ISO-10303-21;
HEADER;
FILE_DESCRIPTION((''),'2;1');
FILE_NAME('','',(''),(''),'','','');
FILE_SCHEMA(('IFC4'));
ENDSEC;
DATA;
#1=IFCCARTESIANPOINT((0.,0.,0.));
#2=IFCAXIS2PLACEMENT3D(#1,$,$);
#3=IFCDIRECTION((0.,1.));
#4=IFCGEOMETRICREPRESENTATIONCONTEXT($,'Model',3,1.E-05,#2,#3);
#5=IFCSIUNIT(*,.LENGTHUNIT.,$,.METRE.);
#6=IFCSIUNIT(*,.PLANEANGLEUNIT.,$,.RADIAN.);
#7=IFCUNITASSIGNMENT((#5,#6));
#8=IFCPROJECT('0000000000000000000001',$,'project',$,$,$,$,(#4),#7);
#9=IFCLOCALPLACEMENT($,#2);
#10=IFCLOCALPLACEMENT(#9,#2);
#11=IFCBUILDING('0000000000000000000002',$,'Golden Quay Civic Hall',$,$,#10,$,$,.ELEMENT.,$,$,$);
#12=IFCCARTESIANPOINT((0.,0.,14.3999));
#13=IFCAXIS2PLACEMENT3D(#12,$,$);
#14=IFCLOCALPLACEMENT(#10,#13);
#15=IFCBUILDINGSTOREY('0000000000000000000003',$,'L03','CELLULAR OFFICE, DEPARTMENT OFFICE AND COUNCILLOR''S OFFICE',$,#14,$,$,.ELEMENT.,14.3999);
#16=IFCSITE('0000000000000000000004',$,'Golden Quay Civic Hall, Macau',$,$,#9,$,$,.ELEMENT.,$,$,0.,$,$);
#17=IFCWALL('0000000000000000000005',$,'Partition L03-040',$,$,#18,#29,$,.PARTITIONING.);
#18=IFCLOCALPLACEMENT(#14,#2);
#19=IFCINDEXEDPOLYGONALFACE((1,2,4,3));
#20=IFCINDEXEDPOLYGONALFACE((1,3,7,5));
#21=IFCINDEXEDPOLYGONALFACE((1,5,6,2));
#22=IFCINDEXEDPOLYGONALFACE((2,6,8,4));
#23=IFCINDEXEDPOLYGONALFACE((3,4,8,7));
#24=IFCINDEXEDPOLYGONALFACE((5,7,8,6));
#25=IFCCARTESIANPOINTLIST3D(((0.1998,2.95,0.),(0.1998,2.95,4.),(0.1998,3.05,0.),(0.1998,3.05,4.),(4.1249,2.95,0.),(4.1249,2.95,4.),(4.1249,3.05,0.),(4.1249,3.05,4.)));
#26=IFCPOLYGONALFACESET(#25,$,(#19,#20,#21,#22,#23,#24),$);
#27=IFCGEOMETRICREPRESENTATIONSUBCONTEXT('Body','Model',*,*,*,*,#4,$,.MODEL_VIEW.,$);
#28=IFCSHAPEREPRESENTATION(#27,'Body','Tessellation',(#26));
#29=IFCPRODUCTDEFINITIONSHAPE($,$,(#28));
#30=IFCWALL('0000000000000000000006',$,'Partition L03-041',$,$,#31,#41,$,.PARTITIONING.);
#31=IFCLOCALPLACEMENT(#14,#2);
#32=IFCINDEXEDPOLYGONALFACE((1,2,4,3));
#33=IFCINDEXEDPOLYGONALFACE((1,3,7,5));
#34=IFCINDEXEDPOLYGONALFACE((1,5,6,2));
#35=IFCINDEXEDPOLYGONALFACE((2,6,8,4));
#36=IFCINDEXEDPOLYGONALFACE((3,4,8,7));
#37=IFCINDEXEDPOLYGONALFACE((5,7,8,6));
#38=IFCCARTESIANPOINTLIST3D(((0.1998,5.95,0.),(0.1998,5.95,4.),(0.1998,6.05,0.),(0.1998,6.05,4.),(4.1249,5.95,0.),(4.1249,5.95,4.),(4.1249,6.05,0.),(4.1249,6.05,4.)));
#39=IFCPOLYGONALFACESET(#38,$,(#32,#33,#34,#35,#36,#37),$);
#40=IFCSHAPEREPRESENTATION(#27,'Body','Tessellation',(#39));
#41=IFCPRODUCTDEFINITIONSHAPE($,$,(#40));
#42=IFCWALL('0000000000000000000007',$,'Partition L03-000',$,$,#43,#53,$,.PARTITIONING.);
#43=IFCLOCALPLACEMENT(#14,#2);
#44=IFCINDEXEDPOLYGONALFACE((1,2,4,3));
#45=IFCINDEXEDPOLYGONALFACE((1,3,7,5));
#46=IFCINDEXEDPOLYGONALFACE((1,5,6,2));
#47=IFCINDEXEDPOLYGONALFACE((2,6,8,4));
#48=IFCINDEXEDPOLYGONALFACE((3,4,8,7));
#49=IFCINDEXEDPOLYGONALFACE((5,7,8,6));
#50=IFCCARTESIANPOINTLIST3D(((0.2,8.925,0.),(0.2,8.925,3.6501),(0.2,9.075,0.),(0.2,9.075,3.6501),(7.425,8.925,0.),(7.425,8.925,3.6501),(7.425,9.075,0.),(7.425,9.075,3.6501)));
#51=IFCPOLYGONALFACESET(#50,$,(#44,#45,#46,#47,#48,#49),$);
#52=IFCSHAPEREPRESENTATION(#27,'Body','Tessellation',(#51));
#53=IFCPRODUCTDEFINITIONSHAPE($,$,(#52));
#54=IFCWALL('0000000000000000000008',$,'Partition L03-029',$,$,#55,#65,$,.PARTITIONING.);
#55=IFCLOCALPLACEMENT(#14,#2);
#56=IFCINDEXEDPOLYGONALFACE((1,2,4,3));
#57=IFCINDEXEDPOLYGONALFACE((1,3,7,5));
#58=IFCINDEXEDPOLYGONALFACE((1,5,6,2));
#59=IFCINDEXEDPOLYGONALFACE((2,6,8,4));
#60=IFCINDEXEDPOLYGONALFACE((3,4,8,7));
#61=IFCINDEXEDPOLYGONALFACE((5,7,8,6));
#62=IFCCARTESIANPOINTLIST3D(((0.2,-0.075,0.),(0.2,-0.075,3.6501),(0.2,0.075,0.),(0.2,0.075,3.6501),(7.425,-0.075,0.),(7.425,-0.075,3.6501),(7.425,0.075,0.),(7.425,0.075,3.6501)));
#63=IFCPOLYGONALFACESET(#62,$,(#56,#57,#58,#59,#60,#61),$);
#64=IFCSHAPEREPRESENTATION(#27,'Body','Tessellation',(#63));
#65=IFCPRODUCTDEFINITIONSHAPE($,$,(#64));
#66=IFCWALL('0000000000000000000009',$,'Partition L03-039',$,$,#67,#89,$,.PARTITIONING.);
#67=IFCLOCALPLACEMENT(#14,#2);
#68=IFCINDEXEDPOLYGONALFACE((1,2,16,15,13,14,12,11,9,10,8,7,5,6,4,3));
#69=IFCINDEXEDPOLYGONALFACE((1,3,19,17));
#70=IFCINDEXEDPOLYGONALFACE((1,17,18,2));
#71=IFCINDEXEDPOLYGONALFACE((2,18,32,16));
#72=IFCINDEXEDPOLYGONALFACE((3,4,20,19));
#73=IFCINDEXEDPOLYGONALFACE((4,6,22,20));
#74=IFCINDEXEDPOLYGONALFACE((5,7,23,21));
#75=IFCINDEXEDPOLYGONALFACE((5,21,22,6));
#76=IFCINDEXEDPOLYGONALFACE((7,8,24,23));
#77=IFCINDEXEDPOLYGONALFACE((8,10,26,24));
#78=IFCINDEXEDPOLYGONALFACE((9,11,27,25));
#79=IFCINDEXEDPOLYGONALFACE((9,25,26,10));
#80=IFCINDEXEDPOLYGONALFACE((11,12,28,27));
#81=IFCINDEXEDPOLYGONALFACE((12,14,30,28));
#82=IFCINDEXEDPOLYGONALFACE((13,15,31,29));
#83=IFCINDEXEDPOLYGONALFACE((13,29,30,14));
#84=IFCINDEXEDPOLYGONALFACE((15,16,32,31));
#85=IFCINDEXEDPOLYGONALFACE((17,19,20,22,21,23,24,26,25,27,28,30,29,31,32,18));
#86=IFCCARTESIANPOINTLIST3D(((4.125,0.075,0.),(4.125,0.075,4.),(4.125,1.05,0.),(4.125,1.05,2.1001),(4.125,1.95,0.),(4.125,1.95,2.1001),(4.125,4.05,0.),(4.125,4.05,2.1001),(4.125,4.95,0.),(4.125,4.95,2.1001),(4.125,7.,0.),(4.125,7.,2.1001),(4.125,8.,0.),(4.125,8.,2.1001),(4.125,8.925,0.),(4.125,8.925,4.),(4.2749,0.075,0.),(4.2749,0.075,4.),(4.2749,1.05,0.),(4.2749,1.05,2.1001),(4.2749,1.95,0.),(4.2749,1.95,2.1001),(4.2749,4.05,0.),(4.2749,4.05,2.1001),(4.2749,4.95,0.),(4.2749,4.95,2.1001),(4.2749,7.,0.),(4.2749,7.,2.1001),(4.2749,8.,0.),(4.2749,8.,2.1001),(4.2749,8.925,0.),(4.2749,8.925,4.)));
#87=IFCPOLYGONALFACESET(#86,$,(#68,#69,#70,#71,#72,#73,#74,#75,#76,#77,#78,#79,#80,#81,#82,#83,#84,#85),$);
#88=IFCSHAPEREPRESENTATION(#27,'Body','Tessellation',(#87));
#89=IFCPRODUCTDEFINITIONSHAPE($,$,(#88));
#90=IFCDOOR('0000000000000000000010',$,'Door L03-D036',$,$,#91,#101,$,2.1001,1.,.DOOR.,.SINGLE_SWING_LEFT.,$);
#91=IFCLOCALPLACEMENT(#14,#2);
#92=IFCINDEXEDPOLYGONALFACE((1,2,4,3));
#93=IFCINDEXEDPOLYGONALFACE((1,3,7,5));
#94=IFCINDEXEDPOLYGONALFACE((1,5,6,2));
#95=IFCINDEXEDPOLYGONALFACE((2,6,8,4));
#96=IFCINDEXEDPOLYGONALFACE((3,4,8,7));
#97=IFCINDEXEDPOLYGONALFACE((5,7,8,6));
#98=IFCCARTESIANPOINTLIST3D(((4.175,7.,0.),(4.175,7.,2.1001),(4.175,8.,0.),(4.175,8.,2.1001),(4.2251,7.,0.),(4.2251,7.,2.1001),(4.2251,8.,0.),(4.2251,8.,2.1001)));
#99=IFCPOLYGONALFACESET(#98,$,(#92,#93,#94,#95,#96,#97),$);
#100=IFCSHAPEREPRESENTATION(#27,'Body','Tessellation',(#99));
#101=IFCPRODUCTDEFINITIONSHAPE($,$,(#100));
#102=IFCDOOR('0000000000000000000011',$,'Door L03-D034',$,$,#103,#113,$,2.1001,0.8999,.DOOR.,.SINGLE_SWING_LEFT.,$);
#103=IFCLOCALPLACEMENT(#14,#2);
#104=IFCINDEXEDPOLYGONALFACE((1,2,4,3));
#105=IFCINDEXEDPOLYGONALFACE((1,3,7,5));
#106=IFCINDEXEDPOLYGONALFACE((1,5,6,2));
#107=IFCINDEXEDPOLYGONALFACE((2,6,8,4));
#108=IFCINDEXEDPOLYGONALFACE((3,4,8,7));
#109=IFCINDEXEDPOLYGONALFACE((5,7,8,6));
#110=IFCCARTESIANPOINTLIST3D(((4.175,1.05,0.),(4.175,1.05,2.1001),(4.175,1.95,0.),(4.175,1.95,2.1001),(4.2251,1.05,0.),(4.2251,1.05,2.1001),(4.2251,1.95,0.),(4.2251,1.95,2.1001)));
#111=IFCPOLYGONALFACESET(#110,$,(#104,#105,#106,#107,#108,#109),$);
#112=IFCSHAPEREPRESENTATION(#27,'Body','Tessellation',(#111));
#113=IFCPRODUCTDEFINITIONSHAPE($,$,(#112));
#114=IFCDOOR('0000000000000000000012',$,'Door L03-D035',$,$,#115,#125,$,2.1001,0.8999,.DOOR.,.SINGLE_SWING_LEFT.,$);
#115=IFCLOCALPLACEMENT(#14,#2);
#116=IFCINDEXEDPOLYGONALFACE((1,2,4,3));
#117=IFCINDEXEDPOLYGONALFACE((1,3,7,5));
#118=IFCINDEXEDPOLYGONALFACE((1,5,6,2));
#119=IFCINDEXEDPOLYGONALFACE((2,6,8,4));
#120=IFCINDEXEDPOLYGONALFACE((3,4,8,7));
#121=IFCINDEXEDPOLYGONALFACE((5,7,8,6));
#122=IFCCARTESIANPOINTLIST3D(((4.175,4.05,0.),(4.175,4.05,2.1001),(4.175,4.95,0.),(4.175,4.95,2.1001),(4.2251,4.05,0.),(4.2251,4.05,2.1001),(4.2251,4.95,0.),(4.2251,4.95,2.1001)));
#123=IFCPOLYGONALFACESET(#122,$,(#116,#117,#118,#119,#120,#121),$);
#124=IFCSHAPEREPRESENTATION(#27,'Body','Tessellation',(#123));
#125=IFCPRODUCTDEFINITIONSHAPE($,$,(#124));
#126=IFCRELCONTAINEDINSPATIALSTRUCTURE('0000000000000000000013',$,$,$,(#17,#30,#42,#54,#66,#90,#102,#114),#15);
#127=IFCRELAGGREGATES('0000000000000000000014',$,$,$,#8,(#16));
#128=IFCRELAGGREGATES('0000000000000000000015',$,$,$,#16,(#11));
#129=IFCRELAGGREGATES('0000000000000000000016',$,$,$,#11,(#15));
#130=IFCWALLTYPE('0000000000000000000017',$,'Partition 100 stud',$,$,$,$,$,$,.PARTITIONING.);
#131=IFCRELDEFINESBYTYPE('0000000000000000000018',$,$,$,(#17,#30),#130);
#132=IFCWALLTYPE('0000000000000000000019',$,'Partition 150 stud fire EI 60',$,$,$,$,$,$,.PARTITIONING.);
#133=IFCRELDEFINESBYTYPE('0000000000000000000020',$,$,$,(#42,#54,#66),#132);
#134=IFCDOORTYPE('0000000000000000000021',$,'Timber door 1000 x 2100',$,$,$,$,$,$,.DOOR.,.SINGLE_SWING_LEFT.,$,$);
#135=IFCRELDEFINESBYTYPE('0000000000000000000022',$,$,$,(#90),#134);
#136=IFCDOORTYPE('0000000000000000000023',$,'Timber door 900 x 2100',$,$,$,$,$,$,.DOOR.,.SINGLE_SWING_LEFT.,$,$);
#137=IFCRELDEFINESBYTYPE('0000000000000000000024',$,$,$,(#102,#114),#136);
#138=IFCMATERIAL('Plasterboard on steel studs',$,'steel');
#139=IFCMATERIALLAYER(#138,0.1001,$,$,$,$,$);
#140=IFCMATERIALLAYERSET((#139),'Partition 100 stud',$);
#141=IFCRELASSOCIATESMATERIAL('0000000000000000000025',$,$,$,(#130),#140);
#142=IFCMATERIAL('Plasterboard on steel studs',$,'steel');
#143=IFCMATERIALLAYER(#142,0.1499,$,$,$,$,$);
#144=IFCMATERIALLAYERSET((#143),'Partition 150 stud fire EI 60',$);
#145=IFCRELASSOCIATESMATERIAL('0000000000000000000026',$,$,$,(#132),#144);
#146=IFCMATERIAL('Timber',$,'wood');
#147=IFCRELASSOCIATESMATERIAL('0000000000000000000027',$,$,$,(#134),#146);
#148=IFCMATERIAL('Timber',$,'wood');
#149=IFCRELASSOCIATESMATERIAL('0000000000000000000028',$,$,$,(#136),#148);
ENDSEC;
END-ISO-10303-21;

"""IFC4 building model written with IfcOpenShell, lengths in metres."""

from ifc_helpers import new_model, si_unit, direction, frame, frame_2d, origin, place, context, subcontext, project, spatial, rectangle, extrude, material, layer, layer_set, type_object, element, fill, save


model = new_model("IFC4")

# Units and contexts
model_context = context("Model", 3, precision=1e-05, world=origin(), true_north=direction((0.0, 1.0)))
body_context = subcontext(model_context, "Body", "Model", "MODEL_VIEW")
ifc_project = project(units=[si_unit("LENGTHUNIT", "METRE"), si_unit("PLANEANGLEUNIT", "RADIAN")], contexts=[model_context])

# Site, building, storey
site_placement = place(None, origin())
site = spatial("IfcSite", under=ifc_project, at=site_placement, Name="Golden Quay Civic Hall, Macau", CompositionType="ELEMENT", RefElevation=0.0)
building_placement = place(site_placement, origin())
building = spatial("IfcBuilding", under=site, at=building_placement, Name="Golden Quay Civic Hall", CompositionType="ELEMENT")
storey_placement = place(building_placement, frame((0.0, 0.0, 14.3999)))
storey = spatial("IfcBuildingStorey", under=building, at=storey_placement, Name="L03", Description="CELLULAR OFFICE, DEPARTMENT OFFICE AND COUNCILLOR'S OFFICE", CompositionType="ELEMENT", Elevation=14.3999)

# Walls
ifc_material_1 = material(Name="Plasterboard on steel studs", Category="steel")
ifc_layer_1 = layer(ifc_material_1, 0.1001)
ifc_layer_set_1 = layer_set([ifc_layer_1], Name="Partition 100 stud")
wall_type_1 = type_object("IfcWallType", Name="Partition 100 stud", PredefinedType="PARTITIONING", material=ifc_layer_set_1)
for number, where, z_axis, x_axis, name in (
    (1, (0.2, 3.0, 0.0), (0.0, 0.0, 1.0), (1.0, 0.0, 0.0), "Partition L03-040"),
    (2, (0.2, 6.0, 0.0), (0.0, 0.0, 1.0), (1.0, 0.0, 0.0), "Partition L03-041"),
):
    element("IfcWall", number, at=place(storey_placement, frame(where, z_axis=z_axis, x_axis=x_axis)), inside=storey, type_object=wall_type_1, Name=name, PredefinedType="PARTITIONING", context=body_context, shape_type="SweptSolid", body=[
        extrude(rectangle(XDim=3.925, YDim=0.1001, at=frame_2d((1.9624, 0.0))), origin(), (0.0, 0.0, 1.0), 4.0),
    ])
ifc_material_2 = material(Name="Plasterboard on steel studs", Category="steel")
ifc_layer_2 = layer(ifc_material_2, 0.1499)
ifc_layer_set_2 = layer_set([ifc_layer_2], Name="Partition 150 stud fire EI 60")
wall_type_2 = type_object("IfcWallType", Name="Partition 150 stud fire EI 60", PredefinedType="PARTITIONING", material=ifc_layer_set_2)
for number, where, z_axis, x_axis, name in (
    (3, (0.2, 9.0, 0.0), (0.0, 0.0, 1.0), (1.0, 0.0, 0.0), "Partition L03-000"),
    (4, (0.2, 0.0, 0.0), (0.0, 0.0, 1.0), (1.0, 0.0, 0.0), "Partition L03-029"),
):
    element("IfcWall", number, at=place(storey_placement, frame(where, z_axis=z_axis, x_axis=x_axis)), inside=storey, type_object=wall_type_2, Name=name, PredefinedType="PARTITIONING", context=body_context, shape_type="SweptSolid", body=[
        extrude(rectangle(XDim=7.2251, YDim=0.1499, at=frame_2d((3.6125, 0.0))), origin(), (0.0, 0.0, 1.0), 3.6501),
    ])

# Wall, openings, doors
wall_1_placement = place(storey_placement, frame((4.2, 0.075, 0.0), z_axis=(0.0, 0.0, 1.0), x_axis=(0.0, 1.0, 0.0)))
wall_1 = element("IfcWall", 5, at=wall_1_placement, inside=storey, type_object=wall_type_2, Name="Partition L03-039", PredefinedType="PARTITIONING", context=body_context, shape_type="SweptSolid", body=[
    extrude(rectangle(XDim=8.8501, YDim=0.1499, at=frame_2d((4.425, 0.0))), origin(), (0.0, 0.0, 1.0), 4.0),
])
opening_1_placement = place(wall_1_placement, frame((0.9751, 0.0, 0.0)))
opening_1 = element("IfcOpeningElement", 6, at=opening_1_placement, cuts=wall_1, PredefinedType="OPENING", context=body_context, shape_type="SweptSolid", body=[
    extrude(rectangle(XDim=0.8999, YDim=2.1001, at=frame_2d((0.45, 1.05))), frame((0.0, 0.085, 0.0), z_axis=(0.0, -1.0, 0.0), x_axis=(1.0, 0.0, 0.0)), (0.0, 0.0, 1.0), 0.1699),
])
opening_2_placement = place(wall_1_placement, frame((3.9751, 0.0, 0.0)))
opening_2 = element("IfcOpeningElement", 7, at=opening_2_placement, cuts=wall_1, PredefinedType="OPENING", context=body_context, shape_type="SweptSolid", body=[
    extrude(rectangle(XDim=0.8999, YDim=2.1001, at=frame_2d((0.45, 1.05))), frame((0.0, 0.085, 0.0), z_axis=(0.0, -1.0, 0.0), x_axis=(1.0, 0.0, 0.0)), (0.0, 0.0, 1.0), 0.1699),
])
opening_3_placement = place(wall_1_placement, frame((6.925, 0.0, 0.0)))
opening_3 = element("IfcOpeningElement", 8, at=opening_3_placement, cuts=wall_1, PredefinedType="OPENING", context=body_context, shape_type="SweptSolid", body=[
    extrude(rectangle(XDim=1.0, YDim=2.1001, at=frame_2d((0.5, 1.05))), frame((0.0, 0.085, 0.0), z_axis=(0.0, -1.0, 0.0), x_axis=(1.0, 0.0, 0.0)), (0.0, 0.0, 1.0), 0.1699),
])
ifc_material_3 = material(Name="Timber", Category="wood")
door_type_1 = type_object("IfcDoorType", Name="Timber door 1000 x 2100", OperationType="SINGLE_SWING_LEFT", PredefinedType="DOOR", material=ifc_material_3)
door_1_placement = place(opening_3_placement, origin())
door_1 = element("IfcDoor", 9, at=door_1_placement, inside=storey, type_object=door_type_1, Name="Door L03-D036", OperationType="SINGLE_SWING_LEFT", OverallHeight=2.1001, OverallWidth=1.0, PredefinedType="DOOR", context=body_context, shape_type="SweptSolid", body=[
    extrude(rectangle(XDim=1.0, YDim=2.1001, at=frame_2d((0.5, 1.05))), frame((0.0, 0.0249, 0.0), z_axis=(0.0, -1.0, 0.0), x_axis=(1.0, 0.0, 0.0)), (0.0, 0.0, 1.0), 0.05),
])
fill(opening_3, door_1)
ifc_material_4 = material(Name="Timber", Category="wood")
door_type_2 = type_object("IfcDoorType", Name="Timber door 900 x 2100", OperationType="SINGLE_SWING_LEFT", PredefinedType="DOOR", material=ifc_material_4)
door_2_placement = place(opening_1_placement, origin())
door_2 = element("IfcDoor", 10, at=door_2_placement, inside=storey, type_object=door_type_2, Name="Door L03-D034", OperationType="SINGLE_SWING_LEFT", OverallHeight=2.1001, OverallWidth=0.8999, PredefinedType="DOOR", context=body_context, shape_type="SweptSolid", body=[
    extrude(rectangle(XDim=0.8999, YDim=2.1001, at=frame_2d((0.45, 1.05))), frame((0.0, 0.0249, 0.0), z_axis=(0.0, -1.0, 0.0), x_axis=(1.0, 0.0, 0.0)), (0.0, 0.0, 1.0), 0.05),
])
fill(opening_1, door_2)
door_3_placement = place(opening_2_placement, origin())
door_3 = element("IfcDoor", 11, at=door_3_placement, inside=storey, type_object=door_type_2, Name="Door L03-D035", OperationType="SINGLE_SWING_LEFT", OverallHeight=2.1001, OverallWidth=0.8999, PredefinedType="DOOR", context=body_context, shape_type="SweptSolid", body=[
    extrude(rectangle(XDim=0.8999, YDim=2.1001, at=frame_2d((0.45, 1.05))), frame((0.0, 0.0249, 0.0), z_axis=(0.0, -1.0, 0.0), x_axis=(1.0, 0.0, 0.0)), (0.0, 0.0, 1.0), 0.05),
])
fill(opening_2, door_3)

save(model, "model.ifc")
